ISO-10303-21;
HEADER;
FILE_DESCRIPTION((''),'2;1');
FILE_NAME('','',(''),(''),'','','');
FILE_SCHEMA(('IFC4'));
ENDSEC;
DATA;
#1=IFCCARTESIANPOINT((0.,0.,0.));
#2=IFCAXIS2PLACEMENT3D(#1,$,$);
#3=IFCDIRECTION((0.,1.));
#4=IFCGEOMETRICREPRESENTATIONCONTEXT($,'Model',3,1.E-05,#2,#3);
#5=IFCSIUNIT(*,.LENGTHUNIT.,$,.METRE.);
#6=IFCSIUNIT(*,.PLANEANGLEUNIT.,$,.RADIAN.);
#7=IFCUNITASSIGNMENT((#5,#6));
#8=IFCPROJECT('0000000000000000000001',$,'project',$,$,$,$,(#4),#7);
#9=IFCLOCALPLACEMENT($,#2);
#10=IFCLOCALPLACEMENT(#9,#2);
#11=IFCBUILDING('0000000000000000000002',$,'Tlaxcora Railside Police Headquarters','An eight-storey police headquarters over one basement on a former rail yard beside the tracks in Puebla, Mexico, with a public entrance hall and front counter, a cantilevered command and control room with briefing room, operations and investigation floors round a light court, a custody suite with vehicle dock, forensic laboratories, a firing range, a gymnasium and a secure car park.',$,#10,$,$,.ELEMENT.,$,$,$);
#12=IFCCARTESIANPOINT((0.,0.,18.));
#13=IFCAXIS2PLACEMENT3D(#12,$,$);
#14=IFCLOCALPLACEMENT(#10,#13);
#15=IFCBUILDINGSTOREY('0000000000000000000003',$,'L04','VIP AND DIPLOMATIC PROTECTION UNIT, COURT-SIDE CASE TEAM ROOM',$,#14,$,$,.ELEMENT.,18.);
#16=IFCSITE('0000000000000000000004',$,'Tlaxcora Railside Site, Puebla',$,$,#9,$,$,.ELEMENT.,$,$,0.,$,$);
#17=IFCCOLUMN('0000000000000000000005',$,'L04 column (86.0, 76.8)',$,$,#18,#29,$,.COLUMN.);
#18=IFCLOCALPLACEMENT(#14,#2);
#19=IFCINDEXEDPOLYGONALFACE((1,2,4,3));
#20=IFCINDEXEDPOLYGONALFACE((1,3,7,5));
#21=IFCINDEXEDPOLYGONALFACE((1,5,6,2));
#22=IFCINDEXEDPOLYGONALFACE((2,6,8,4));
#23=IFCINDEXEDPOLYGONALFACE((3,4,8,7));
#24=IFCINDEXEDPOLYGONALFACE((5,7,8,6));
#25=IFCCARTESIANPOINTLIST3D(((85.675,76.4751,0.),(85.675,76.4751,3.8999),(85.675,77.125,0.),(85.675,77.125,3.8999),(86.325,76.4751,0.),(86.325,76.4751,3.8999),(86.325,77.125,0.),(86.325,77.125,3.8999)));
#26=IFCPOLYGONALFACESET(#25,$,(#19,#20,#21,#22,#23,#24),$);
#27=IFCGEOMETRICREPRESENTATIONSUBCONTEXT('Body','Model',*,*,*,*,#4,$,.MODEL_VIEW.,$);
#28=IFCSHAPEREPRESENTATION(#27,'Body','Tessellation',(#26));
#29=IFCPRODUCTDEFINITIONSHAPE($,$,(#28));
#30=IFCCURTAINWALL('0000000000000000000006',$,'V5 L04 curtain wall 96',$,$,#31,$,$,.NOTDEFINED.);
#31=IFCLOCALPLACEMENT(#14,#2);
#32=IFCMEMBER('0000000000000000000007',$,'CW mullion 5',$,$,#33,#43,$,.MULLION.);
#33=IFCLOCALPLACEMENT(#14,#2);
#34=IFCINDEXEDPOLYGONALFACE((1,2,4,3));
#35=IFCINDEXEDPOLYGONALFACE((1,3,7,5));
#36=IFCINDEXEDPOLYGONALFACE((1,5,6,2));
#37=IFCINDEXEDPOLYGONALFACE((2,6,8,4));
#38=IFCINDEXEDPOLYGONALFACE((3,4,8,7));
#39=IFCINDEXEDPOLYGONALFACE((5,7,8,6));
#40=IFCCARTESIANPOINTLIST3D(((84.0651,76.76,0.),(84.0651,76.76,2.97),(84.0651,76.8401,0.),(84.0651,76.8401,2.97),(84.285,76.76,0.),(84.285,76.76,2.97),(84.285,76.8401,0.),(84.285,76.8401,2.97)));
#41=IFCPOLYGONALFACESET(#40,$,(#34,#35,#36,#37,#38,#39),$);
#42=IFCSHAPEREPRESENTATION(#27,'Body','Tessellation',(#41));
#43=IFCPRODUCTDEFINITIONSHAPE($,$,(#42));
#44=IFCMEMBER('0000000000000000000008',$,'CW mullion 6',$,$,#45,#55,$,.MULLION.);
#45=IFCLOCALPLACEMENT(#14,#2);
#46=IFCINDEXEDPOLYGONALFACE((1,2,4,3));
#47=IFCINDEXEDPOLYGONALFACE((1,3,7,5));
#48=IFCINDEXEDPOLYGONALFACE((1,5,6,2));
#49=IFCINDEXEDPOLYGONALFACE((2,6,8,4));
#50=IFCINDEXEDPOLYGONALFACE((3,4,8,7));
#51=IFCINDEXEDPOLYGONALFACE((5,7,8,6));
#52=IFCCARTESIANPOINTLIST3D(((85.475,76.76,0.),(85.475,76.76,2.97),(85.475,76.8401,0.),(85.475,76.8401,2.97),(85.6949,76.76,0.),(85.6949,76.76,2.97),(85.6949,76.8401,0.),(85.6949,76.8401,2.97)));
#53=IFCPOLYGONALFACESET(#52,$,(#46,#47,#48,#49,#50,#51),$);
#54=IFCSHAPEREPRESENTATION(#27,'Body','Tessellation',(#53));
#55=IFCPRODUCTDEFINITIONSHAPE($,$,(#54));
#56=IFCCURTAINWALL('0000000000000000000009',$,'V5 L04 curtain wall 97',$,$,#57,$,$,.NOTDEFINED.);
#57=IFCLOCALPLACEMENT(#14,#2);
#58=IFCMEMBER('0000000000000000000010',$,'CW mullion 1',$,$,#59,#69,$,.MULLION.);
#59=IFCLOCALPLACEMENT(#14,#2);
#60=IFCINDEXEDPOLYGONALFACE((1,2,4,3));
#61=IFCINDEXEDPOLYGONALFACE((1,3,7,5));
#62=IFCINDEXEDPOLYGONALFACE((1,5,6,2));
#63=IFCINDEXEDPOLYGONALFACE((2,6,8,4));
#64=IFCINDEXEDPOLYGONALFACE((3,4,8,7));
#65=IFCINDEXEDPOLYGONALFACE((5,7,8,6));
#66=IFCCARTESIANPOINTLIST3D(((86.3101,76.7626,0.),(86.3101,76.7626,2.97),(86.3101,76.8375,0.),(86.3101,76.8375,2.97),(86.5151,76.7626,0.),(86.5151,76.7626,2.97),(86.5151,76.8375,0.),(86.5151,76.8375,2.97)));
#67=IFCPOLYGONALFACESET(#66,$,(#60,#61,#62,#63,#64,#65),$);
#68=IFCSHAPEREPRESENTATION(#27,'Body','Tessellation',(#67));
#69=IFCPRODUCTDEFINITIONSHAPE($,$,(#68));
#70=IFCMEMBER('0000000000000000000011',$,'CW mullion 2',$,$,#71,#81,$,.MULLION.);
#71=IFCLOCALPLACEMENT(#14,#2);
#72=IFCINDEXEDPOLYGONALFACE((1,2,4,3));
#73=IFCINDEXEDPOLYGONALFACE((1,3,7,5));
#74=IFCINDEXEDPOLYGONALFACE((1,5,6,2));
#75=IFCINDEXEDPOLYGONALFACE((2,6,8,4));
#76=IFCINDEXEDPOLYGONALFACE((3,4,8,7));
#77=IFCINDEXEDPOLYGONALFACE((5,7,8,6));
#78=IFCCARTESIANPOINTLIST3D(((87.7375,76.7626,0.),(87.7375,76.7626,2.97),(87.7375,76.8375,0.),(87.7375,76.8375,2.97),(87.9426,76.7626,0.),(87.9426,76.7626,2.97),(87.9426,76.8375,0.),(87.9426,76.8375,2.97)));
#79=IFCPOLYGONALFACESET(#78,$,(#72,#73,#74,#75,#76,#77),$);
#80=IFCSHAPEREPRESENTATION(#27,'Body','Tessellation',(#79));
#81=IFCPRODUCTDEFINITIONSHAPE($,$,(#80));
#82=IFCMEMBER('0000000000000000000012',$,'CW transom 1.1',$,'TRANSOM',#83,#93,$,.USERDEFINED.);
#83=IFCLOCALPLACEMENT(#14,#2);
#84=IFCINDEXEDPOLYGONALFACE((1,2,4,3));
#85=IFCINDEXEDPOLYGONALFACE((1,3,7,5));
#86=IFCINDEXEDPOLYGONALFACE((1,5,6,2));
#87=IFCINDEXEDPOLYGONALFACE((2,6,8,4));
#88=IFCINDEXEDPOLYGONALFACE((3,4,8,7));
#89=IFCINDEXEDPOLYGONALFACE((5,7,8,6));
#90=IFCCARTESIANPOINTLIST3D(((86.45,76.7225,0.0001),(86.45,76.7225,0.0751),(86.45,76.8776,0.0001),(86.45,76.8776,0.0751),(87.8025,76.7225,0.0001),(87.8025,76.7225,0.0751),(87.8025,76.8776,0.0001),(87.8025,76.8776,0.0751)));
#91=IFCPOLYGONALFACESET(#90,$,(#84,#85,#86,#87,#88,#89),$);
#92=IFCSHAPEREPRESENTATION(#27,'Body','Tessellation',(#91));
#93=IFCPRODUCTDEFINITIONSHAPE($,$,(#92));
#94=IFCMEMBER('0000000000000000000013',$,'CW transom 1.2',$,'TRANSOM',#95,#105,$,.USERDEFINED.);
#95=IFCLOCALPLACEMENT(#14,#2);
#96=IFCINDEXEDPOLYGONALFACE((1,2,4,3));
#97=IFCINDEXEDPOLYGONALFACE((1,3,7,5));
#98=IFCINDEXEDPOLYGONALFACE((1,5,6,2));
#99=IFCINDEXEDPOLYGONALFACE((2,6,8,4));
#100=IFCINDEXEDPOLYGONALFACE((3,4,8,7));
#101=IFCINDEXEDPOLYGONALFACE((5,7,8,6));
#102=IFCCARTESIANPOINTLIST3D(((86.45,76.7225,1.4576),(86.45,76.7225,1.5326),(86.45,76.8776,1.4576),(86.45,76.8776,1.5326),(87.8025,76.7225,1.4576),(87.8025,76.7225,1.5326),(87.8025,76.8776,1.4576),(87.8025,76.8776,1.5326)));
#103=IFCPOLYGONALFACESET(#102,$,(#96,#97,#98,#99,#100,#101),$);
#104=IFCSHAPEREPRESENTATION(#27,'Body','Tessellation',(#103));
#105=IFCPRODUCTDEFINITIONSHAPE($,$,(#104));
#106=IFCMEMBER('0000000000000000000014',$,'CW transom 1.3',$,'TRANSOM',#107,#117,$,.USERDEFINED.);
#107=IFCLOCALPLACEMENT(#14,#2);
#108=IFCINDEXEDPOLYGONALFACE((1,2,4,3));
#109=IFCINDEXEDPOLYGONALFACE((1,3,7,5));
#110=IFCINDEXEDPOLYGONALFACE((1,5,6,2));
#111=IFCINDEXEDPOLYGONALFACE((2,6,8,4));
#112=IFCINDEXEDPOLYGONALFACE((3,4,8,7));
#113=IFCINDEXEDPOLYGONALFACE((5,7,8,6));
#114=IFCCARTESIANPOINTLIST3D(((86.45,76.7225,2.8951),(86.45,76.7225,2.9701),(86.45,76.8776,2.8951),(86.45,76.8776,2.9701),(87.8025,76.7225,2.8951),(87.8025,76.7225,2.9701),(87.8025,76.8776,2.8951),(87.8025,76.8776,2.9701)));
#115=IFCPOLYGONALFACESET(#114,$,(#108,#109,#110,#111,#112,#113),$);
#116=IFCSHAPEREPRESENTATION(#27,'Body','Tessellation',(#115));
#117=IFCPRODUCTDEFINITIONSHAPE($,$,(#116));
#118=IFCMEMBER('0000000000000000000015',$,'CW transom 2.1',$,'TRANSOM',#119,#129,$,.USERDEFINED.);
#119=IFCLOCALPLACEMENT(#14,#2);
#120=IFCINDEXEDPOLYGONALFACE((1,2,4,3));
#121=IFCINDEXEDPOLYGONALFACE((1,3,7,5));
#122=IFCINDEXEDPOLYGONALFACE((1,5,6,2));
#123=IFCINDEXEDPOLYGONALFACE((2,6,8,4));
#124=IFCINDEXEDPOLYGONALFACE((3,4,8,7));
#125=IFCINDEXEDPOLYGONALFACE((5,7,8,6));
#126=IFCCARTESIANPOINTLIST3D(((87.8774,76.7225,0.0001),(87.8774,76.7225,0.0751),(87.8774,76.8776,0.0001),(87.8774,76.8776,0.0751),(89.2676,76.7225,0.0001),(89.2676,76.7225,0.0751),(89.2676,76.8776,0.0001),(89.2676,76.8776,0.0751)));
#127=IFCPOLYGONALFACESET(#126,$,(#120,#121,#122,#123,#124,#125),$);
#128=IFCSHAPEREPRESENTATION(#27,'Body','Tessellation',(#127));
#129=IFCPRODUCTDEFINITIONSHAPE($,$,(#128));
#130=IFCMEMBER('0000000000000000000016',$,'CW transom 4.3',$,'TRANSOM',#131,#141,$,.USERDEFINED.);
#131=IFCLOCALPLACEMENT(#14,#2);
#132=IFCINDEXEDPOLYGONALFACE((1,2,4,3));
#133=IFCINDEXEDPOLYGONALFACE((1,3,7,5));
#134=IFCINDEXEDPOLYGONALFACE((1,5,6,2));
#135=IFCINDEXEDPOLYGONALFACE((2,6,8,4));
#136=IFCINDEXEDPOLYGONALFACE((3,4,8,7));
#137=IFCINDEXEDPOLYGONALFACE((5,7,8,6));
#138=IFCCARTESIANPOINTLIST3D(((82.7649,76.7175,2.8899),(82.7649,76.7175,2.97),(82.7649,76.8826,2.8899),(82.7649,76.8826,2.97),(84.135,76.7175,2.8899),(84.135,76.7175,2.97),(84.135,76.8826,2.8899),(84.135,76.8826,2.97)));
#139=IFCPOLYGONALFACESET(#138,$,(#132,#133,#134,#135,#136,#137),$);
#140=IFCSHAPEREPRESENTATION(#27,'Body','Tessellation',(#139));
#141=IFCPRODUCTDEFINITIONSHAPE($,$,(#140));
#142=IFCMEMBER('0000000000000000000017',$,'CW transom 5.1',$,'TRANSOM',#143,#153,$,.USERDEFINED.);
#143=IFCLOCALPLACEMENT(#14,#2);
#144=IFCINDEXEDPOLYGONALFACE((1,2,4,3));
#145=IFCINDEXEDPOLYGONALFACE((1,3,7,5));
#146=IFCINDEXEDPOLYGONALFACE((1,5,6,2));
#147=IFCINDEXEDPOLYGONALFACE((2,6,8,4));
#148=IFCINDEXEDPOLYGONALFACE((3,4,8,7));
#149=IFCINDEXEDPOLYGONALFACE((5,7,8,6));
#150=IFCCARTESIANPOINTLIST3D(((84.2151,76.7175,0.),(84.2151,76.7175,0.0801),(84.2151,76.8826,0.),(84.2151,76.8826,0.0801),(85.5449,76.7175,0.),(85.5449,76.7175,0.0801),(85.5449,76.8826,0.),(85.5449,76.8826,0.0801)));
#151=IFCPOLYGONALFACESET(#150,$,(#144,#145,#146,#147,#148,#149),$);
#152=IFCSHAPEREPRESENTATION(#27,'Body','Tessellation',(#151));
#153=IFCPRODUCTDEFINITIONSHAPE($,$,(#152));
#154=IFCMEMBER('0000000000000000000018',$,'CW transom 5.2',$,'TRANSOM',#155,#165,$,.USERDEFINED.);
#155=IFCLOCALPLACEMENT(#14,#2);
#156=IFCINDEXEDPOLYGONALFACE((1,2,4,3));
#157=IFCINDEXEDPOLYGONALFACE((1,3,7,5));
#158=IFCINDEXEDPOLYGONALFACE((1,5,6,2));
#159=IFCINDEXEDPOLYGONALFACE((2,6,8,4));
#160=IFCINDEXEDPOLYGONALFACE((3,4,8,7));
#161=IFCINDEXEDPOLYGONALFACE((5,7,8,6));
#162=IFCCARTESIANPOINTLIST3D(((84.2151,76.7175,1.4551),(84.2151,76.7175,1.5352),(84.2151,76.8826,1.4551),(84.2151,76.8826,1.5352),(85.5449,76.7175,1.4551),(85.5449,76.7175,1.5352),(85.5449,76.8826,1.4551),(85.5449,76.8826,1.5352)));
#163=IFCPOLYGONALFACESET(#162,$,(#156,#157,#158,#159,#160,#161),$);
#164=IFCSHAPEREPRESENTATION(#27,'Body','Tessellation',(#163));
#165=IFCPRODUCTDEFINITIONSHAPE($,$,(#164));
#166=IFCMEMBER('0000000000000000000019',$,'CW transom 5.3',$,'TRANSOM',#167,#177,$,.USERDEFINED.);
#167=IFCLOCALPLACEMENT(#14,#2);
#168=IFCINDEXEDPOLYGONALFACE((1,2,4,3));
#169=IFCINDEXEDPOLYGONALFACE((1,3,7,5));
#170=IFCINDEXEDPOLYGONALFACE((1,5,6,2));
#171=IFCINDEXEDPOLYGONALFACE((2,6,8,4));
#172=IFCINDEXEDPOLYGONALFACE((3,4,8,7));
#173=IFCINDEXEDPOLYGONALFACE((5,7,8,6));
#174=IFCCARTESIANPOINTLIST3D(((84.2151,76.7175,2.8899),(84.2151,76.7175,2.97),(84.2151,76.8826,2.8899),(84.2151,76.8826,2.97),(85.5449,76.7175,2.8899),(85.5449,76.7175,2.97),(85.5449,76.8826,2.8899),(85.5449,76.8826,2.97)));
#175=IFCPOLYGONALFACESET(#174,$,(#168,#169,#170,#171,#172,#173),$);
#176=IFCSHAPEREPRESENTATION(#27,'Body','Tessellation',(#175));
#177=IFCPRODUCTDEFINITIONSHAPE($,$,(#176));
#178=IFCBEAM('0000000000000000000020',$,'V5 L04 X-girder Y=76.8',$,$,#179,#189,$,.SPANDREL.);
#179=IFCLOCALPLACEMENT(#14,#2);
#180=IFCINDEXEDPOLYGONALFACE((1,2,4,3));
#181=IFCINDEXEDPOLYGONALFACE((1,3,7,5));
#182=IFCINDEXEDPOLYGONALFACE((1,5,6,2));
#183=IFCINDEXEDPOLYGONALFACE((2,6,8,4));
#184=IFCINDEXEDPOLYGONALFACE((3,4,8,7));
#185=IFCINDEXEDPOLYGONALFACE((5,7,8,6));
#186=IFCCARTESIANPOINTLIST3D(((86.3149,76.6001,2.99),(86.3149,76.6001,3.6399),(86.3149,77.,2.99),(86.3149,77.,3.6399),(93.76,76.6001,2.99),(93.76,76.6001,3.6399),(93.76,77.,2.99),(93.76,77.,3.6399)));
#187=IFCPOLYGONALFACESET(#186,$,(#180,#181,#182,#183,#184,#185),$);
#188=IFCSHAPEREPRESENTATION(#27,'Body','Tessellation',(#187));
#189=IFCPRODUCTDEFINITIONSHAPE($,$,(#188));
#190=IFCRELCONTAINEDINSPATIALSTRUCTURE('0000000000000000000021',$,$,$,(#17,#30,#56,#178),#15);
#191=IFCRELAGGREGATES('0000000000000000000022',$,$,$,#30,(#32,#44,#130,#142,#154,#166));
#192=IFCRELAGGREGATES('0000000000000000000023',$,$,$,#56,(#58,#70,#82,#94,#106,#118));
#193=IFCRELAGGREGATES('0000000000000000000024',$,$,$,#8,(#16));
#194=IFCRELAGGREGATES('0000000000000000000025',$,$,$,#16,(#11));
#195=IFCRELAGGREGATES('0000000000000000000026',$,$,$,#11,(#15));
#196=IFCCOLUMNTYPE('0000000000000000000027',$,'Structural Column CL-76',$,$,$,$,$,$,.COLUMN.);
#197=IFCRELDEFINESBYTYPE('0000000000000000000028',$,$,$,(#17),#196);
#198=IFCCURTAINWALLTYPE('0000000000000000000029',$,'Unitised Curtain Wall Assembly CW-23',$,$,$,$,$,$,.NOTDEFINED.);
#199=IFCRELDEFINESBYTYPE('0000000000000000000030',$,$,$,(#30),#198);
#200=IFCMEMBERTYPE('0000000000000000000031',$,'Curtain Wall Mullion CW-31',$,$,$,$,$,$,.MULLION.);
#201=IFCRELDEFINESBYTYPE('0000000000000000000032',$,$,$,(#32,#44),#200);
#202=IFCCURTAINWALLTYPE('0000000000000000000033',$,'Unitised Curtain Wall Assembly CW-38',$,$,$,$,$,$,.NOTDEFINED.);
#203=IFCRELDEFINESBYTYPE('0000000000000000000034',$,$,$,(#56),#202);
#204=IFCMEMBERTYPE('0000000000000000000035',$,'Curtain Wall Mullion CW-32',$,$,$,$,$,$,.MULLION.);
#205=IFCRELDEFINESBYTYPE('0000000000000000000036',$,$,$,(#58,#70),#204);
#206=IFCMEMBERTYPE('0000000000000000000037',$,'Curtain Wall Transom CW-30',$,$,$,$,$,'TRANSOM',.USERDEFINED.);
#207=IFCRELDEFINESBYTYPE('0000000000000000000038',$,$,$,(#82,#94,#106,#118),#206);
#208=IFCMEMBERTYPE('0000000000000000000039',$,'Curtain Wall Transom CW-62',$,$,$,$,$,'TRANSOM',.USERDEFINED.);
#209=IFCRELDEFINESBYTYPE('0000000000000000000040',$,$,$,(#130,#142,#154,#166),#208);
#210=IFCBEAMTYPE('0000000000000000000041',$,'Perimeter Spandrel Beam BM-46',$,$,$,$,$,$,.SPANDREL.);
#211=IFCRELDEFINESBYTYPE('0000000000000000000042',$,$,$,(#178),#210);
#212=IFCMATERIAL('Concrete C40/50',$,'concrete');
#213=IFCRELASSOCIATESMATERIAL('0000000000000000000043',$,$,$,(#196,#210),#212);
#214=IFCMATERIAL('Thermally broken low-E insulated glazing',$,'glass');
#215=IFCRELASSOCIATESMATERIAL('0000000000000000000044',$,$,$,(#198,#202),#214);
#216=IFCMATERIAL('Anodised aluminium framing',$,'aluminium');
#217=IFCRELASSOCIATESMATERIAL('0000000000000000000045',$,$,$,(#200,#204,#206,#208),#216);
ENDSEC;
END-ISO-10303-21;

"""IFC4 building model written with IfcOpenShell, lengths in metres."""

from ifc_helpers import new_model, si_unit, direction, frame, origin, origin_2d, place, context, subcontext, project, spatial, rectangle, extrude, material, material_profile, profile_set, type_object, element, aggregate, save


model = new_model("IFC4")

# Units and contexts
model_context = context("Model", 3, precision=1e-05, world=origin(), true_north=direction((0.0, 1.0)))
body_context = subcontext(model_context, "Body", "Model", "MODEL_VIEW")
ifc_project = project(units=[si_unit("LENGTHUNIT", "METRE"), si_unit("PLANEANGLEUNIT", "RADIAN")], contexts=[model_context])

# Site, building, storey
site_placement = place(None, origin())
site = spatial("IfcSite", under=ifc_project, at=site_placement, Name="Tlaxcora Railside Site, Puebla", CompositionType="ELEMENT", RefElevation=0.0)
building_placement = place(site_placement, origin())
building = spatial("IfcBuilding", under=site, at=building_placement, Name="Tlaxcora Railside Police Headquarters", Description="An eight-storey police headquarters over one basement on a former rail yard beside the tracks in Puebla, Mexico, with a public entrance hall and front counter, a cantilevered command and control room with briefing room, operations and investigation floors round a light court, a custody suite with vehicle dock, forensic laboratories, a firing range, a gymnasium and a secure car park.", CompositionType="ELEMENT")
storey_placement = place(building_placement, frame((0.0, 0.0, 18.0)))
storey = spatial("IfcBuildingStorey", under=building, at=storey_placement, Name="L04", Description="VIP AND DIPLOMATIC PROTECTION UNIT, COURT-SIDE CASE TEAM ROOM", CompositionType="ELEMENT", Elevation=18.0)

# Column
ifc_material_1 = material(Name="Concrete C40/50", Category="concrete")
ifc_material_profile_1 = material_profile(ifc_material_1, rectangle(XDim=0.6499, YDim=0.6499, at=origin_2d()), Name="RC650X650")
ifc_profile_set_1 = profile_set([ifc_material_profile_1], Name="Concrete C40/50")
column_type = type_object("IfcColumnType", Name="Structural Column CL-76", PredefinedType="COLUMN", material=ifc_profile_set_1)
column_placement = place(storey_placement, frame((86.0, 76.8, 0.0), z_axis=(0.0, 0.0, 1.0), x_axis=(1.0, 0.0, 0.0)))
element("IfcColumn", 1, at=column_placement, inside=storey, type_object=column_type, Name="L04 column (86.0, 76.8)", PredefinedType="COLUMN", context=body_context, shape_type="SweptSolid", body=[
    extrude(rectangle(XDim=0.6499, YDim=0.6499, at=origin_2d()), origin(), (0.0, 0.0, 1.0), 3.8999),
])

# Curtain walls, members
ifc_material_2 = material(Name="Thermally broken low-E insulated glazing", Category="glass")
curtain_wall_type_1 = type_object("IfcCurtainWallType", Name="Unitised Curtain Wall Assembly CW-23", PredefinedType="NOTDEFINED", material=ifc_material_2)
curtain_wall_1_placement = place(storey_placement, origin())
curtain_wall_1 = element("IfcCurtainWall", 2, at=curtain_wall_1_placement, inside=storey, type_object=curtain_wall_type_1, Name="V5 L04 curtain wall 96", PredefinedType="NOTDEFINED")
ifc_material_3 = material(Name="Anodised aluminium framing", Category="aluminium")
ifc_material_profile_2 = material_profile(ifc_material_3, rectangle(XDim=0.0801, YDim=0.22, at=origin_2d()), Name="AL80X220")
ifc_profile_set_2 = profile_set([ifc_material_profile_2], Name="Anodised aluminium framing")
member_type_1 = type_object("IfcMemberType", Name="Curtain Wall Mullion CW-31", PredefinedType="MULLION", material=ifc_profile_set_2)
member_1_placement = place(storey_placement, frame((84.175, 76.8, 0.0), z_axis=(0.0, 0.0, 1.0), x_axis=(0.0, 1.0, 0.0)))
member_1 = element("IfcMember", 3, at=member_1_placement, type_object=member_type_1, Name="CW mullion 5", PredefinedType="MULLION", context=body_context, shape_type="SweptSolid", body=[
    extrude(rectangle(XDim=0.0801, YDim=0.22, at=origin_2d()), origin(), (0.0, 0.0, 1.0), 2.97),
])
member_2_placement = place(storey_placement, frame((85.585, 76.8, 0.0), z_axis=(0.0, 0.0, 1.0), x_axis=(0.0, 1.0, 0.0)))
member_2 = element("IfcMember", 4, at=member_2_placement, type_object=member_type_1, Name="CW mullion 6", PredefinedType="MULLION", context=body_context, shape_type="SweptSolid", body=[
    extrude(rectangle(XDim=0.0801, YDim=0.22, at=origin_2d()), origin(), (0.0, 0.0, 1.0), 2.97),
])
curtain_wall_type_2 = type_object("IfcCurtainWallType", Name="Unitised Curtain Wall Assembly CW-38", PredefinedType="NOTDEFINED", material=ifc_material_2)
curtain_wall_2_placement = place(storey_placement, origin())
curtain_wall_2 = element("IfcCurtainWall", 5, at=curtain_wall_2_placement, inside=storey, type_object=curtain_wall_type_2, Name="V5 L04 curtain wall 97", PredefinedType="NOTDEFINED")
ifc_material_profile_3 = material_profile(ifc_material_3, rectangle(XDim=0.075, YDim=0.2051, at=origin_2d()), Name="AL75X205")
ifc_profile_set_3 = profile_set([ifc_material_profile_3], Name="Anodised aluminium framing")
member_type_2 = type_object("IfcMemberType", Name="Curtain Wall Mullion CW-32", PredefinedType="MULLION", material=ifc_profile_set_3)
member_3_placement = place(storey_placement, frame((86.4126, 76.8, 0.0), z_axis=(0.0, 0.0, 1.0), x_axis=(0.0, 1.0, 0.0)))
member_3 = element("IfcMember", 6, at=member_3_placement, type_object=member_type_2, Name="CW mullion 1", PredefinedType="MULLION", context=body_context, shape_type="SweptSolid", body=[
    extrude(rectangle(XDim=0.075, YDim=0.2051, at=origin_2d()), origin(), (0.0, 0.0, 1.0), 2.97),
])
member_4_placement = place(storey_placement, frame((87.8401, 76.8, 0.0), z_axis=(0.0, 0.0, 1.0), x_axis=(0.0, 1.0, 0.0)))
member_4 = element("IfcMember", 7, at=member_4_placement, type_object=member_type_2, Name="CW mullion 2", PredefinedType="MULLION", context=body_context, shape_type="SweptSolid", body=[
    extrude(rectangle(XDim=0.075, YDim=0.2051, at=origin_2d()), origin(), (0.0, 0.0, 1.0), 2.97),
])
ifc_material_profile_4 = material_profile(ifc_material_3, rectangle(XDim=0.155, YDim=0.075, at=origin_2d()), Name="AL75X155")
ifc_profile_set_4 = profile_set([ifc_material_profile_4], Name="Anodised aluminium framing")
member_type_3 = type_object("IfcMemberType", Name="Curtain Wall Transom CW-30", ElementType="TRANSOM", PredefinedType="USERDEFINED", material=ifc_profile_set_4)
member_5_placement = place(storey_placement, frame((86.45, 76.8, 0.0376), z_axis=(1.0, 0.0, 0.0), x_axis=(0.0, 1.0, 0.0)))
member_5 = element("IfcMember", 8, at=member_5_placement, type_object=member_type_3, Name="CW transom 1.1", ObjectType="TRANSOM", PredefinedType="USERDEFINED", context=body_context, shape_type="SweptSolid", body=[
    extrude(rectangle(XDim=0.155, YDim=0.075, at=origin_2d()), origin(), (0.0, 0.0, 1.0), 1.3525),
])
member_6_placement = place(storey_placement, frame((86.45, 76.8, 1.4951), z_axis=(1.0, 0.0, 0.0), x_axis=(0.0, 1.0, 0.0)))
member_6 = element("IfcMember", 9, at=member_6_placement, type_object=member_type_3, Name="CW transom 1.2", ObjectType="TRANSOM", PredefinedType="USERDEFINED", context=body_context, shape_type="SweptSolid", body=[
    extrude(rectangle(XDim=0.155, YDim=0.075, at=origin_2d()), origin(), (0.0, 0.0, 1.0), 1.3525),
])
member_7_placement = place(storey_placement, frame((86.45, 76.8, 2.9326), z_axis=(1.0, 0.0, 0.0), x_axis=(0.0, 1.0, 0.0)))
member_7 = element("IfcMember", 10, at=member_7_placement, type_object=member_type_3, Name="CW transom 1.3", ObjectType="TRANSOM", PredefinedType="USERDEFINED", context=body_context, shape_type="SweptSolid", body=[
    extrude(rectangle(XDim=0.155, YDim=0.075, at=origin_2d()), origin(), (0.0, 0.0, 1.0), 1.3525),
])
member_8_placement = place(storey_placement, frame((87.8774, 76.8, 0.0376), z_axis=(1.0, 0.0, 0.0), x_axis=(0.0, 1.0, 0.0)))
member_8 = element("IfcMember", 11, at=member_8_placement, type_object=member_type_3, Name="CW transom 2.1", ObjectType="TRANSOM", PredefinedType="USERDEFINED", context=body_context, shape_type="SweptSolid", body=[
    extrude(rectangle(XDim=0.155, YDim=0.075, at=origin_2d()), origin(), (0.0, 0.0, 1.0), 1.3901),
])

# Members
ifc_material_profile_5 = material_profile(ifc_material_3, rectangle(XDim=0.165, YDim=0.0801, at=origin_2d()), Name="AL80X165")
ifc_profile_set_5 = profile_set([ifc_material_profile_5], Name="Anodised aluminium framing")
member_type_4 = type_object("IfcMemberType", Name="Curtain Wall Transom CW-62", ElementType="TRANSOM", PredefinedType="USERDEFINED", material=ifc_profile_set_5)
member_9_placement = place(storey_placement, frame((82.7649, 76.8, 2.9299), z_axis=(1.0, 0.0, 0.0), x_axis=(0.0, 1.0, 0.0)))
member_9 = element("IfcMember", 12, at=member_9_placement, type_object=member_type_4, Name="CW transom 4.3", ObjectType="TRANSOM", PredefinedType="USERDEFINED", context=body_context, shape_type="SweptSolid", body=[
    extrude(rectangle(XDim=0.165, YDim=0.0801, at=origin_2d()), origin(), (0.0, 0.0, 1.0), 1.3701),
])
member_10_placement = place(storey_placement, frame((84.2151, 76.8, 0.04), z_axis=(1.0, 0.0, 0.0), x_axis=(0.0, 1.0, 0.0)))
member_10 = element("IfcMember", 13, at=member_10_placement, type_object=member_type_4, Name="CW transom 5.1", ObjectType="TRANSOM", PredefinedType="USERDEFINED", context=body_context, shape_type="SweptSolid", body=[
    extrude(rectangle(XDim=0.165, YDim=0.0801, at=origin_2d()), origin(), (0.0, 0.0, 1.0), 1.3298),
])
member_11_placement = place(storey_placement, frame((84.2151, 76.8, 1.4951), z_axis=(1.0, 0.0, 0.0), x_axis=(0.0, 1.0, 0.0)))
member_11 = element("IfcMember", 14, at=member_11_placement, type_object=member_type_4, Name="CW transom 5.2", ObjectType="TRANSOM", PredefinedType="USERDEFINED", context=body_context, shape_type="SweptSolid", body=[
    extrude(rectangle(XDim=0.165, YDim=0.0801, at=origin_2d()), origin(), (0.0, 0.0, 1.0), 1.3298),
])
member_12_placement = place(storey_placement, frame((84.2151, 76.8, 2.9299), z_axis=(1.0, 0.0, 0.0), x_axis=(0.0, 1.0, 0.0)))
member_12 = element("IfcMember", 15, at=member_12_placement, type_object=member_type_4, Name="CW transom 5.3", ObjectType="TRANSOM", PredefinedType="USERDEFINED", context=body_context, shape_type="SweptSolid", body=[
    extrude(rectangle(XDim=0.165, YDim=0.0801, at=origin_2d()), origin(), (0.0, 0.0, 1.0), 1.3298),
])

# Beam
ifc_material_profile_6 = material_profile(ifc_material_1, rectangle(XDim=0.3999, YDim=0.6499, at=origin_2d()), Name="RC400X650")
ifc_profile_set_6 = profile_set([ifc_material_profile_6], Name="Concrete C40/50")
beam_type = type_object("IfcBeamType", Name="Perimeter Spandrel Beam BM-46", PredefinedType="SPANDREL", material=ifc_profile_set_6)
beam_placement = place(storey_placement, frame((86.3149, 76.8, 3.3149), z_axis=(1.0, 0.0, 0.0), x_axis=(0.0, 1.0, 0.0)))
element("IfcBeam", 16, at=beam_placement, inside=storey, type_object=beam_type, Name="V5 L04 X-girder Y=76.8", PredefinedType="SPANDREL", context=body_context, shape_type="SweptSolid", body=[
    extrude(rectangle(XDim=0.3999, YDim=0.6499, at=origin_2d()), origin(), (0.0, 0.0, 1.0), 7.4451),
])

aggregate(curtain_wall_1, [member_1, member_2, member_9, member_10, member_11, member_12])
aggregate(curtain_wall_2, [member_3, member_4, member_5, member_6, member_7, member_8])

save(model, "model.ifc")
